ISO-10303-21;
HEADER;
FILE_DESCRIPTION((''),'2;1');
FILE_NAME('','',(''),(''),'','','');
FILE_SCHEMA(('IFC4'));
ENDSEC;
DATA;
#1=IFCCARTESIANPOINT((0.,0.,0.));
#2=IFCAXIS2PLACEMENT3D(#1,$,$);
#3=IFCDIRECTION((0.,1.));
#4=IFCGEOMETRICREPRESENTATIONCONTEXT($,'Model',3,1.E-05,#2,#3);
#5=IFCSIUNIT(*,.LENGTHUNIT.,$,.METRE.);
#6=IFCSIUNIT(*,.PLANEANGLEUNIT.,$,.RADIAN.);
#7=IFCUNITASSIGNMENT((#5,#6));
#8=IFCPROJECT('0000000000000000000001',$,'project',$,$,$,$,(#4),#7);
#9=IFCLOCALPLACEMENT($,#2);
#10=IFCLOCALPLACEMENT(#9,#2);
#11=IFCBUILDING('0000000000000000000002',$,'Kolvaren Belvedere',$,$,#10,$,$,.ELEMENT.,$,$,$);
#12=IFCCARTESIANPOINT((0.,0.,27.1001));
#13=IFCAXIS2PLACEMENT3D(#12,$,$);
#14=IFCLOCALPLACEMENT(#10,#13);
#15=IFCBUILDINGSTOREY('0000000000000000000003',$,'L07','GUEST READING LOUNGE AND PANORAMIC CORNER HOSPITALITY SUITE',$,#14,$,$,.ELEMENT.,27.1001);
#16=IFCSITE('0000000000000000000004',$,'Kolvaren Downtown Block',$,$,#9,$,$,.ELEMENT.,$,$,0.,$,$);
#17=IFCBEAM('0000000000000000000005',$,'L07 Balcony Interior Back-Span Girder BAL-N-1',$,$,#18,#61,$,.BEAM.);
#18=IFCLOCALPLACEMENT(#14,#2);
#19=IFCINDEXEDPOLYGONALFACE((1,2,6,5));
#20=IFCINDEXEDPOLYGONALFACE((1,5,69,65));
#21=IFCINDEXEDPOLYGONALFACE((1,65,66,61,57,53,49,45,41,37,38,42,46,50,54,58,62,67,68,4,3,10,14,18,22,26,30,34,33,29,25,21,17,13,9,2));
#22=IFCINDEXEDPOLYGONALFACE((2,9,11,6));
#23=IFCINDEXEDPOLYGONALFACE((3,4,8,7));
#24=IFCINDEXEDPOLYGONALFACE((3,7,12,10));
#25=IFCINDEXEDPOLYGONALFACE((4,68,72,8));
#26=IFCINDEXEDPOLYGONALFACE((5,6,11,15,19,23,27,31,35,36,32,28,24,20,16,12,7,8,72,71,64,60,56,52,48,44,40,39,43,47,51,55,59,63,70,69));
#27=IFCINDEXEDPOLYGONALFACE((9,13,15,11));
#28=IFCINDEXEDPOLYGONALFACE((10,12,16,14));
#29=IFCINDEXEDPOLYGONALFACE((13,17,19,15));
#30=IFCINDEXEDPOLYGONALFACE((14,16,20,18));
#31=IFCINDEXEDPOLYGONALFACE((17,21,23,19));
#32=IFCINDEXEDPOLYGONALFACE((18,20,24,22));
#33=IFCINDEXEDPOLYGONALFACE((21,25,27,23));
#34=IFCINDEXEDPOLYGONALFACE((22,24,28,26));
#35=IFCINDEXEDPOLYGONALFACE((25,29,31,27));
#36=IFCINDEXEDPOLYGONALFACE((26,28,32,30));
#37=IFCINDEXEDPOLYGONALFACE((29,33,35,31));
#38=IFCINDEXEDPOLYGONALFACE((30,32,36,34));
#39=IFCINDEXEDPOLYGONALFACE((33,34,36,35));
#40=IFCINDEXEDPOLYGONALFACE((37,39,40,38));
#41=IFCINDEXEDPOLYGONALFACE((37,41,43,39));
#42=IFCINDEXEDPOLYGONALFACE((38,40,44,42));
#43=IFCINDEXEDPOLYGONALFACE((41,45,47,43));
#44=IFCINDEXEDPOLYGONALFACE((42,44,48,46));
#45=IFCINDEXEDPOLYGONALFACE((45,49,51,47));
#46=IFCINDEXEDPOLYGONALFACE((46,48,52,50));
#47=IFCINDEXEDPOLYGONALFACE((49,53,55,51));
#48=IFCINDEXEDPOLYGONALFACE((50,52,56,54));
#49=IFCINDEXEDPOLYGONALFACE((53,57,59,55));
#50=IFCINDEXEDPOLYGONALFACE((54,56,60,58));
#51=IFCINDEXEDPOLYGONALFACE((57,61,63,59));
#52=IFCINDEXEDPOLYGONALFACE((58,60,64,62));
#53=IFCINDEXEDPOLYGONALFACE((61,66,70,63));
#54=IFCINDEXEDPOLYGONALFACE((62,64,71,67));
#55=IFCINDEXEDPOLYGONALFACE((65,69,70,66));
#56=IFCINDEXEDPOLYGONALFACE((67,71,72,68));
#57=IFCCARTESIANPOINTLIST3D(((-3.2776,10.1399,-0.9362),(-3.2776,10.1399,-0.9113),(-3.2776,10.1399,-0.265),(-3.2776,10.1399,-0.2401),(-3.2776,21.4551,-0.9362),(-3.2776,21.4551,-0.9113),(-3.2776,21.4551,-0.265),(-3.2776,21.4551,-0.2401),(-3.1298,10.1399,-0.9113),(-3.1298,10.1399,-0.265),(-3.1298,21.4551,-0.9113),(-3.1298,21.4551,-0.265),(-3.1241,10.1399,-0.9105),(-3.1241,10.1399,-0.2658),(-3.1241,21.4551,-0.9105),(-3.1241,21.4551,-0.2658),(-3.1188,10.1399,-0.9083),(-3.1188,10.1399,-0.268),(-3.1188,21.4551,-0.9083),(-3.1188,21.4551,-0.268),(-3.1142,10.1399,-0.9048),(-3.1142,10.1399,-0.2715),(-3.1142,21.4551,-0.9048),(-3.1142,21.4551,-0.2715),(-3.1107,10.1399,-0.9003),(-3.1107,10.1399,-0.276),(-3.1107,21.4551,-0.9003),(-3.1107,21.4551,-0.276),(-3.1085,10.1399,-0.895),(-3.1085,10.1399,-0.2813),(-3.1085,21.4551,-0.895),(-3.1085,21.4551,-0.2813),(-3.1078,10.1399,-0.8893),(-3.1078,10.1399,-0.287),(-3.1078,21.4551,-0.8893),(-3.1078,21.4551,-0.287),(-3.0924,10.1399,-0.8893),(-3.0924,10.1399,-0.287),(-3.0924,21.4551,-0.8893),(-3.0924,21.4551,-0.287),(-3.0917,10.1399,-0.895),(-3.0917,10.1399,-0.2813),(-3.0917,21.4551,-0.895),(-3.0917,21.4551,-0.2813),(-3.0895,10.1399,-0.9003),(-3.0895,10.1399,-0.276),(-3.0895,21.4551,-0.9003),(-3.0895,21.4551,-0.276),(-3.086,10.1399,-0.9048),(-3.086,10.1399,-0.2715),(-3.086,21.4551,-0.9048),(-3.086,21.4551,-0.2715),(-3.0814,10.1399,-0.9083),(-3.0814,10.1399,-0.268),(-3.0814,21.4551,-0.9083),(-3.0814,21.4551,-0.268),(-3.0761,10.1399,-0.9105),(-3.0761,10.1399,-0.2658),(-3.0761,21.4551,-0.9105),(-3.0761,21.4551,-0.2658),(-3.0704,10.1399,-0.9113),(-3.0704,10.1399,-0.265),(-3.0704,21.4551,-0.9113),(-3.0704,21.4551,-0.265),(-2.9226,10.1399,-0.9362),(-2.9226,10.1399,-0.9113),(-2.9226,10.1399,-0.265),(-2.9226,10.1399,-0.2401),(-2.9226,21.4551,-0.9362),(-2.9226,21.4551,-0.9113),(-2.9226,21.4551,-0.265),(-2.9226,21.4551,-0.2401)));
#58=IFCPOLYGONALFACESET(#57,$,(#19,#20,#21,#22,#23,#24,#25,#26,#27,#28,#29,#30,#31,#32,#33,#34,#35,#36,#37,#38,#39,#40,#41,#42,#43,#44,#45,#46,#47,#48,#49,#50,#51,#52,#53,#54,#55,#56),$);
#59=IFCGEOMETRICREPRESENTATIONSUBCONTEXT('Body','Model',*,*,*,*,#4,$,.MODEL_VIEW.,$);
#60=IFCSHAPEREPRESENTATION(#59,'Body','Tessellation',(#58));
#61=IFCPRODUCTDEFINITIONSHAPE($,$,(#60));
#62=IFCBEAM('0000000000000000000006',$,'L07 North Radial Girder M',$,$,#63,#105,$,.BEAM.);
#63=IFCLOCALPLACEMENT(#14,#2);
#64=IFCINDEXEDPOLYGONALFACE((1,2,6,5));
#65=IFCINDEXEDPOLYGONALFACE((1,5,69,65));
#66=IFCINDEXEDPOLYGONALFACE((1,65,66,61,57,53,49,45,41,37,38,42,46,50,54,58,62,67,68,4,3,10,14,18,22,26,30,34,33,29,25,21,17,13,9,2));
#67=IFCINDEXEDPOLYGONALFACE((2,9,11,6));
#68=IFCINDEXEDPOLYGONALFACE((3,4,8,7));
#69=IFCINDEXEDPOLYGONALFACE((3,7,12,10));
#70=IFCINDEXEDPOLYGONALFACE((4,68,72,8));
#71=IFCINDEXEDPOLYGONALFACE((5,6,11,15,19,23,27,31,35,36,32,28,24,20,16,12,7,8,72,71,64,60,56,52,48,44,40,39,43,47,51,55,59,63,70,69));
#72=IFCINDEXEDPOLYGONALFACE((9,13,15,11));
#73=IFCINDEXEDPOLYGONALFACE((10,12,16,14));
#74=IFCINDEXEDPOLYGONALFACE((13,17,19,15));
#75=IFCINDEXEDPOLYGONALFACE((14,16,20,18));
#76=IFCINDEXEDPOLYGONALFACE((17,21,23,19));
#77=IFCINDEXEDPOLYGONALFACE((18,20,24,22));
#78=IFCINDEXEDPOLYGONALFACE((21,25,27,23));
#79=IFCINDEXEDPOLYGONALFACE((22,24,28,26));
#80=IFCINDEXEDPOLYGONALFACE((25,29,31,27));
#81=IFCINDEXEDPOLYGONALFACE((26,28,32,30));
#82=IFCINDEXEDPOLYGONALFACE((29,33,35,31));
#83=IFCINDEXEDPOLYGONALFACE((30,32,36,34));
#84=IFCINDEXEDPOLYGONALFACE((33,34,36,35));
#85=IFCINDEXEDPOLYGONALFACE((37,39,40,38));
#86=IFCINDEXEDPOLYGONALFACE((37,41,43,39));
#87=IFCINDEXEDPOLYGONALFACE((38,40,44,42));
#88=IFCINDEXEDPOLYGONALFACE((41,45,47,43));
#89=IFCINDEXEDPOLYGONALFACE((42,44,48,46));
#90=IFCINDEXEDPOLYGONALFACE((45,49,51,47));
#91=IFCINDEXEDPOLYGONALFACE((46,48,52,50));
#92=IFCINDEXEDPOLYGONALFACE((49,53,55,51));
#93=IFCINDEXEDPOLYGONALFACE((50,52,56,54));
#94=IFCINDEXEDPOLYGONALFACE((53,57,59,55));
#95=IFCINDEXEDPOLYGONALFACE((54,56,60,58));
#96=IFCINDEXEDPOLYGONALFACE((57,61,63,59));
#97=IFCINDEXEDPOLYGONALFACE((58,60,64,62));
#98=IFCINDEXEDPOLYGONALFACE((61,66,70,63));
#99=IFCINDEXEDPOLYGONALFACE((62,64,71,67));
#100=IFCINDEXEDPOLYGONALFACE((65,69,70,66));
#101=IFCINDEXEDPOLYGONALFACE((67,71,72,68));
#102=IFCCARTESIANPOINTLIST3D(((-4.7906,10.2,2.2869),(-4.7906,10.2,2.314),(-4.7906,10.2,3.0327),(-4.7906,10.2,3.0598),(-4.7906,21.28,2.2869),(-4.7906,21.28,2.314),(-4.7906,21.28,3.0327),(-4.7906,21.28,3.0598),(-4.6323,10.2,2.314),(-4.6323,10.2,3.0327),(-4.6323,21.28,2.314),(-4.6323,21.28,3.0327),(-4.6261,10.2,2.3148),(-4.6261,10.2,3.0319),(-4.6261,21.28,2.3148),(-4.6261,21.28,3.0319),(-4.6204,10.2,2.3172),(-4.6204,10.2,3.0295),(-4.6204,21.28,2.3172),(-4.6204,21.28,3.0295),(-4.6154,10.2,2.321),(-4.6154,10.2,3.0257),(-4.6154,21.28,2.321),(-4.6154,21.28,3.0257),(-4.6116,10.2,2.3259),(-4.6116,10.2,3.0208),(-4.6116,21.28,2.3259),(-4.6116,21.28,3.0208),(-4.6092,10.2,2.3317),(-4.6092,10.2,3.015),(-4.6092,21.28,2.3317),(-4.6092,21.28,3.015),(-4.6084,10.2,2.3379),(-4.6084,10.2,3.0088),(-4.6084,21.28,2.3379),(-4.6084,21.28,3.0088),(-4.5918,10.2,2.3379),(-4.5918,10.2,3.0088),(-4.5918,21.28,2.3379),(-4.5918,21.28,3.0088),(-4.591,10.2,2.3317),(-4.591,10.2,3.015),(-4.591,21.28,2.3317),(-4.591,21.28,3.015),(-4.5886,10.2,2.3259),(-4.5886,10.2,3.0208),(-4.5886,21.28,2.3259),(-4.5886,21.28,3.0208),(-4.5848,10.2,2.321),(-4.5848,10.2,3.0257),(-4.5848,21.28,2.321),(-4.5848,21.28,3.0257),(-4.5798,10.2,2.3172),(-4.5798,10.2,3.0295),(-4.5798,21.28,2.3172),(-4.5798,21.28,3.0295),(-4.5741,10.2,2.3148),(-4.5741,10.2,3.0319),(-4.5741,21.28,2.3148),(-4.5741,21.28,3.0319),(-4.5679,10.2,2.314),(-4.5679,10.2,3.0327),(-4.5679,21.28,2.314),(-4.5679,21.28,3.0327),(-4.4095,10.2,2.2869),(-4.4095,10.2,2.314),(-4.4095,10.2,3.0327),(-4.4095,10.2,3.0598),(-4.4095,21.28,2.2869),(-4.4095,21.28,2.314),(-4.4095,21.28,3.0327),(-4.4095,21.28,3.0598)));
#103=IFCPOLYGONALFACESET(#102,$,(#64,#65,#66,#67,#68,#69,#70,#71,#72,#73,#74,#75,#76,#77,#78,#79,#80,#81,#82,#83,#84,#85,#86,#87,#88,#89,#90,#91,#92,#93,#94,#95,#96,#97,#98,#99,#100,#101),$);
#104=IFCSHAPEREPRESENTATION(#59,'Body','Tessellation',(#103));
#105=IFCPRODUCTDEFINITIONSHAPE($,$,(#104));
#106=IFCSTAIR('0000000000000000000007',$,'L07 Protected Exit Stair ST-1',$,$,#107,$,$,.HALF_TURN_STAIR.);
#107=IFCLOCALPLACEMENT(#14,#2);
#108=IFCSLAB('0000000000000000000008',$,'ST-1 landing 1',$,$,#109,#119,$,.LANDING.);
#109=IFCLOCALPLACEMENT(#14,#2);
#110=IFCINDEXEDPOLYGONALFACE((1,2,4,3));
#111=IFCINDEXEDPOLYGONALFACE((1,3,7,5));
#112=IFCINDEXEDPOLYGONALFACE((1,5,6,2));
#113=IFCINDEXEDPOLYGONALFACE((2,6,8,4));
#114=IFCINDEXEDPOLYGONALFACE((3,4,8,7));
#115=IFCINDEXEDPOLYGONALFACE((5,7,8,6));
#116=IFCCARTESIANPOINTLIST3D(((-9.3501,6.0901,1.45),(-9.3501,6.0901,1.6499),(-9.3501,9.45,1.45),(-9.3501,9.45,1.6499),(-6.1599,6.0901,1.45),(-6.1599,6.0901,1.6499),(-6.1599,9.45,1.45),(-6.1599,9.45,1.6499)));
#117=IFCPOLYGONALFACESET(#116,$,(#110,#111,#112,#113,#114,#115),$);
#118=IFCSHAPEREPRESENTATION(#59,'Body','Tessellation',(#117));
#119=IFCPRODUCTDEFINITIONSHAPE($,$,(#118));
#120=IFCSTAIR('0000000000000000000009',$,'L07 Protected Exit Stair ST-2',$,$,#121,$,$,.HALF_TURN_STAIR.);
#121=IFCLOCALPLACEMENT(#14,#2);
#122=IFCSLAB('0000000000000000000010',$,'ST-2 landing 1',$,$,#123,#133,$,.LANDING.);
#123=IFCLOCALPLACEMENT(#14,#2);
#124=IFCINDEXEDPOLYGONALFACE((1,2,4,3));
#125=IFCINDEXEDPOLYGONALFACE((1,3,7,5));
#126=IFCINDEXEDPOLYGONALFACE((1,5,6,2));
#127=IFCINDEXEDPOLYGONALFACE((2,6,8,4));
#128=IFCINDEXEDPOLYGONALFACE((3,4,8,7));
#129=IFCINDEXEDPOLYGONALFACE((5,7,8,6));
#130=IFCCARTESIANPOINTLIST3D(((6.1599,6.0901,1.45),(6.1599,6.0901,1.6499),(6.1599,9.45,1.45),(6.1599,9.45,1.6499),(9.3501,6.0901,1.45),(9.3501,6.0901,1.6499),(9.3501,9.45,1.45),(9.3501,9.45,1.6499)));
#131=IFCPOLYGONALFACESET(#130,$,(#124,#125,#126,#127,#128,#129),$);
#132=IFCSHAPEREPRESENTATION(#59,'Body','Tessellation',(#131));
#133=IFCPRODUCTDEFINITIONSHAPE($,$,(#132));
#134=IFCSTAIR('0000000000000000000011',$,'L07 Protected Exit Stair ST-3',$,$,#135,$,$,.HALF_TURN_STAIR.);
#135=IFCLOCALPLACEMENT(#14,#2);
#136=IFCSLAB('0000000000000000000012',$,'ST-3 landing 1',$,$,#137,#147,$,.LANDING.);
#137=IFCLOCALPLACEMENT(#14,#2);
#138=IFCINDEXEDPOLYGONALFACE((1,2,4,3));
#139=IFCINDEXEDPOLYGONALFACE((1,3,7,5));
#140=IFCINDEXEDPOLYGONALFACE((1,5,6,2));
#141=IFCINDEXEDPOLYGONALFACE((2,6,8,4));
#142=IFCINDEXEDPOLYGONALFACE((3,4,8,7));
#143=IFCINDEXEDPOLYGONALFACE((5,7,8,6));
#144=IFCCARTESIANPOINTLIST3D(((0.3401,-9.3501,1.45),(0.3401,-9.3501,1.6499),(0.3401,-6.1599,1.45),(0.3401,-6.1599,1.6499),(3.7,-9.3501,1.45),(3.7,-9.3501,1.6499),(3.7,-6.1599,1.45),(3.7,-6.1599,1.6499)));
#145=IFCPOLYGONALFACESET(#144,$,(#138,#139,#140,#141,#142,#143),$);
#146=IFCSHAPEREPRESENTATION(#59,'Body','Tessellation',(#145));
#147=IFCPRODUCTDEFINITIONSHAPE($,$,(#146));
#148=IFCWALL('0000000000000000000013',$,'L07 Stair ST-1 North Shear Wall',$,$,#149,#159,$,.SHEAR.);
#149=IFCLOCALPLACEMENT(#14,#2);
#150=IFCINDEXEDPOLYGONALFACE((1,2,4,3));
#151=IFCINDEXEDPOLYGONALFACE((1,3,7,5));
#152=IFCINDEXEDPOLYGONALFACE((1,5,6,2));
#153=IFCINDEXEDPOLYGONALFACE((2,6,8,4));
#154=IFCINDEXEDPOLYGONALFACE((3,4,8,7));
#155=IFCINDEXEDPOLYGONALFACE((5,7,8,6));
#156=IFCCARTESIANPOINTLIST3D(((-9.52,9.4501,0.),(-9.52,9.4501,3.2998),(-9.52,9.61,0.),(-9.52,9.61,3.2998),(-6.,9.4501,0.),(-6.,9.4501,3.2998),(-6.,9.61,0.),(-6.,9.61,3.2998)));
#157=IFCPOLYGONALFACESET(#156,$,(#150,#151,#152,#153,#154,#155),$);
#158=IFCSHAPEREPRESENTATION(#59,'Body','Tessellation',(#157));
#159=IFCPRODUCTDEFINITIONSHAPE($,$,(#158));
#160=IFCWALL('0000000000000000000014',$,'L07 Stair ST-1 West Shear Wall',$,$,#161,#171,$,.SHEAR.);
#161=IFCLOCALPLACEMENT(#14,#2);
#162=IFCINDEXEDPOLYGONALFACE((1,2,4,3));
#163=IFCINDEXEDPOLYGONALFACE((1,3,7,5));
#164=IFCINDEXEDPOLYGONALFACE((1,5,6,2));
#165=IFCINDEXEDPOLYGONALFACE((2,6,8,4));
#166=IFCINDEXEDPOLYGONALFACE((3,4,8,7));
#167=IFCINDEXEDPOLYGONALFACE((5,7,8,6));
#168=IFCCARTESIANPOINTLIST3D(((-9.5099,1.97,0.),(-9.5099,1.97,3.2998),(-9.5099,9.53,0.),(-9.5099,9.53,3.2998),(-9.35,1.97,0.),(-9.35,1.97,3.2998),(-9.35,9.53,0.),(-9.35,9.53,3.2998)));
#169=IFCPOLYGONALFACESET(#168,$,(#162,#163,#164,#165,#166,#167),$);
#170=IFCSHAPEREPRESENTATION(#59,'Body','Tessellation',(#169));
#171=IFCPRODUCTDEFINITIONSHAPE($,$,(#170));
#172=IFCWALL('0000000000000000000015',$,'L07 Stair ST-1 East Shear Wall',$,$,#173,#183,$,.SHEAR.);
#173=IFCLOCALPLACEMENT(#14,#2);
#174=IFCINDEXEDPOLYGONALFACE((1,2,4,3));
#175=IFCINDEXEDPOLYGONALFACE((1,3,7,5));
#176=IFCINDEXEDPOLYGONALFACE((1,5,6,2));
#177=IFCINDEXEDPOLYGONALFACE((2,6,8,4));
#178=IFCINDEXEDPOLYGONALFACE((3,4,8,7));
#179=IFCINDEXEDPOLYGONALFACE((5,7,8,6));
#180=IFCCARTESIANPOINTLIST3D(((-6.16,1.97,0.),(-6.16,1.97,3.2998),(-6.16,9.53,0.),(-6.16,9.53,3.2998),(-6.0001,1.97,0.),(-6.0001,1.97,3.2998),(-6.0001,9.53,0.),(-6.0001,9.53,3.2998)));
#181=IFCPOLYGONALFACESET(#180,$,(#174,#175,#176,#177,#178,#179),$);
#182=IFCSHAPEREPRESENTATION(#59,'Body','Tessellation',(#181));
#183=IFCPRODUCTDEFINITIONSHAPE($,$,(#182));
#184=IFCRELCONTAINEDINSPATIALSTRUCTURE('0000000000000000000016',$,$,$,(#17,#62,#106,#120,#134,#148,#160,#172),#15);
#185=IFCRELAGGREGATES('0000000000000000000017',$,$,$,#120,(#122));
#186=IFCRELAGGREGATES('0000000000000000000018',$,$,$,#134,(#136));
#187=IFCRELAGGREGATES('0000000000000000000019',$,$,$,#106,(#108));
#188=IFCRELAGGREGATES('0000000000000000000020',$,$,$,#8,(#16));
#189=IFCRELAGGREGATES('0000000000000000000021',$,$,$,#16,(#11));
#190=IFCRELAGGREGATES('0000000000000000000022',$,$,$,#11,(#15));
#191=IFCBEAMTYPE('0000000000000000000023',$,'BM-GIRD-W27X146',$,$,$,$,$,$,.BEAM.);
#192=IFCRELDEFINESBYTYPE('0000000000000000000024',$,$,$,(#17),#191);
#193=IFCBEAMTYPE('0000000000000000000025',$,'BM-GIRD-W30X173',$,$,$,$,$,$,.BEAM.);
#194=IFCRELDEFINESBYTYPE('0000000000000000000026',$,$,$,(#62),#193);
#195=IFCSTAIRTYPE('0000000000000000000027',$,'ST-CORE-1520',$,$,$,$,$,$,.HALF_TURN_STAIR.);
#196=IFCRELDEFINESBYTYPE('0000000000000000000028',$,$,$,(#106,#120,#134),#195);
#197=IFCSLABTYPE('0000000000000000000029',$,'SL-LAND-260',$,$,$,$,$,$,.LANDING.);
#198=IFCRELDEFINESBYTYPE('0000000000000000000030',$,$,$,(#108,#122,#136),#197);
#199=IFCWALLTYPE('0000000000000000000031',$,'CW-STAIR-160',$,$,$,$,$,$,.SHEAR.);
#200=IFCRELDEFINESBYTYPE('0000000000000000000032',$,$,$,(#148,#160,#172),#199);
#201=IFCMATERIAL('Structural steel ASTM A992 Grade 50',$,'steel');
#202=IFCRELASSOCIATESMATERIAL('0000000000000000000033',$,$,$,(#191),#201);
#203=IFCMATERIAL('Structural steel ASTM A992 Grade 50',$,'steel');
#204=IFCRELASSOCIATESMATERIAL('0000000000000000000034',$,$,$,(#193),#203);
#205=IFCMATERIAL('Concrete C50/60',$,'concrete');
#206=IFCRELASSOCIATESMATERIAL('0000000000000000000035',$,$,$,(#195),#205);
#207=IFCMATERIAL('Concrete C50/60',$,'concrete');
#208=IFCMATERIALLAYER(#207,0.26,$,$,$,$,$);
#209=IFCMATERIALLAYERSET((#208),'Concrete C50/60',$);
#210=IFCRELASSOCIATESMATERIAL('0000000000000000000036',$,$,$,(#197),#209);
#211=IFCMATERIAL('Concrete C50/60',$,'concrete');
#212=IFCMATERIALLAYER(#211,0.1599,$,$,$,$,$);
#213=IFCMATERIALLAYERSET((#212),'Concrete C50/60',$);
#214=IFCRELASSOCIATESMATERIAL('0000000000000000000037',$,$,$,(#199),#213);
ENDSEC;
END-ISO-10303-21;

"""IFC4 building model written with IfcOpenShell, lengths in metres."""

from ifc_helpers import new_model, si_unit, direction, frame, frame_2d, origin, origin_2d, place, context, subcontext, project, spatial, polyline, rectangle, i_section, outline, extrude, material, layer, layer_set, material_profile, profile_set, type_object, element, aggregate, save


model = new_model("IFC4")

# Units and contexts
model_context = context("Model", 3, precision=1e-05, world=origin(), true_north=direction((0.0, 1.0)))
body_context = subcontext(model_context, "Body", "Model", "MODEL_VIEW")
ifc_project = project(units=[si_unit("LENGTHUNIT", "METRE"), si_unit("PLANEANGLEUNIT", "RADIAN")], contexts=[model_context])

# Site, building, storey
site_placement = place(None, origin())
site = spatial("IfcSite", under=ifc_project, at=site_placement, Name="Kolvaren Downtown Block", CompositionType="ELEMENT", RefElevation=0.0)
building_placement = place(site_placement, origin())
building = spatial("IfcBuilding", under=site, at=building_placement, Name="Kolvaren Belvedere", CompositionType="ELEMENT")
storey_placement = place(building_placement, frame((0.0, 0.0, 27.1001)))
storey = spatial("IfcBuildingStorey", under=building, at=storey_placement, Name="L07", Description="GUEST READING LOUNGE AND PANORAMIC CORNER HOSPITALITY SUITE", CompositionType="ELEMENT", Elevation=27.1001)

# Beams
ifc_material_1 = material(Name="Structural steel ASTM A992 Grade 50", Category="steel")
ifc_material_profile_1 = material_profile(ifc_material_1, i_section(OverallWidth=0.355, OverallDepth=0.696, WebThickness=0.0154, FlangeThickness=0.0249, FilletRadius=0.022, at=origin_2d()), Name="W27X146")
ifc_profile_set_1 = profile_set([ifc_material_profile_1], Name="Structural steel ASTM A992 Grade 50")
beam_type_1 = type_object("IfcBeamType", Name="BM-GIRD-W27X146", PredefinedType="BEAM", material=ifc_profile_set_1)
beam_1_placement = place(storey_placement, frame((-3.1001, 10.1399, -0.5881), z_axis=(0.0, 1.0, 0.0), x_axis=(-1.0, 0.0, 0.0)))
element("IfcBeam", 1, at=beam_1_placement, inside=storey, type_object=beam_type_1, Name="L07 Balcony Interior Back-Span Girder BAL-N-1", PredefinedType="BEAM", context=body_context, shape_type="SweptSolid", body=[
    extrude(i_section(OverallWidth=0.355, OverallDepth=0.696, WebThickness=0.0154, FlangeThickness=0.0249, FilletRadius=0.022, at=origin_2d()), origin(), (0.0, 0.0, 1.0), 11.3152),
])
ifc_material_2 = material(Name="Structural steel ASTM A992 Grade 50", Category="steel")
ifc_material_profile_2 = material_profile(ifc_material_2, i_section(OverallWidth=0.3811, OverallDepth=0.7729, WebThickness=0.0166, FlangeThickness=0.0271, FilletRadius=0.0239, at=origin_2d()), Name="W30X173")
ifc_profile_set_2 = profile_set([ifc_material_profile_2], Name="Structural steel ASTM A992 Grade 50")
beam_type_2 = type_object("IfcBeamType", Name="BM-GIRD-W30X173", PredefinedType="BEAM", material=ifc_profile_set_2)
beam_2_placement = place(storey_placement, frame((-4.6001, 10.2, 2.6733), z_axis=(0.0, 1.0, 0.0), x_axis=(-1.0, 0.0, 0.0)))
element("IfcBeam", 2, at=beam_2_placement, inside=storey, type_object=beam_type_2, Name="L07 North Radial Girder M", PredefinedType="BEAM", context=body_context, shape_type="SweptSolid", body=[
    extrude(i_section(OverallWidth=0.3811, OverallDepth=0.7729, WebThickness=0.0166, FlangeThickness=0.0271, FilletRadius=0.0239, at=origin_2d()), origin(), (0.0, 0.0, 1.0), 11.0801),
])

# Stairs, slabs
ifc_material_3 = material(Name="Concrete C50/60", Category="concrete")
stair_type = type_object("IfcStairType", Name="ST-CORE-1520", PredefinedType="HALF_TURN_STAIR", material=ifc_material_3)
stair_1_placement = place(storey_placement, origin())
stair_1 = element("IfcStair", 3, at=stair_1_placement, inside=storey, type_object=stair_type, Name="L07 Protected Exit Stair ST-1", PredefinedType="HALF_TURN_STAIR")
ifc_material_4 = material(Name="Concrete C50/60", Category="concrete")
ifc_layer_1 = layer(ifc_material_4, 0.26)
ifc_layer_set_1 = layer_set([ifc_layer_1], Name="Concrete C50/60")
slab_type = type_object("IfcSlabType", Name="SL-LAND-260", PredefinedType="LANDING", material=ifc_layer_set_1)
slab_1_placement = place(storey_placement, frame((0.0, 0.0, 1.45)))
slab_1 = element("IfcSlab", 4, at=slab_1_placement, type_object=slab_type, Name="ST-1 landing 1", PredefinedType="LANDING", context=body_context, shape_type="SweptSolid", body=[
    extrude(outline(polyline([(-6.1599, 6.0901), (-6.1599, 9.45), (-9.3501, 9.45), (-9.3501, 6.0901), (-6.1599, 6.0901)])), origin(), (0.0, 0.0, 1.0), 0.2),
])
stair_2_placement = place(storey_placement, origin())
stair_2 = element("IfcStair", 5, at=stair_2_placement, inside=storey, type_object=stair_type, Name="L07 Protected Exit Stair ST-2", PredefinedType="HALF_TURN_STAIR")
slab_2_placement = place(storey_placement, frame((0.0, 0.0, 1.45)))
slab_2 = element("IfcSlab", 6, at=slab_2_placement, type_object=slab_type, Name="ST-2 landing 1", PredefinedType="LANDING", context=body_context, shape_type="SweptSolid", body=[
    extrude(outline(polyline([(9.3501, 6.0901), (9.3501, 9.45), (6.1599, 9.45), (6.1599, 6.0901), (9.3501, 6.0901)])), origin(), (0.0, 0.0, 1.0), 0.2),
])
aggregate(stair_2, [slab_2])
stair_3_placement = place(storey_placement, origin())
stair_3 = element("IfcStair", 7, at=stair_3_placement, inside=storey, type_object=stair_type, Name="L07 Protected Exit Stair ST-3", PredefinedType="HALF_TURN_STAIR")
slab_3_placement = place(storey_placement, frame((0.0, 0.0, 1.45)))
slab_3 = element("IfcSlab", 8, at=slab_3_placement, type_object=slab_type, Name="ST-3 landing 1", PredefinedType="LANDING", context=body_context, shape_type="SweptSolid", body=[
    extrude(outline(polyline([(0.3401, -9.3501), (3.7, -9.3501), (3.7, -6.1599), (0.3401, -6.1599), (0.3401, -9.3501)])), origin(), (0.0, 0.0, 1.0), 0.2),
])
aggregate(stair_3, [slab_3])

# Walls
ifc_material_5 = material(Name="Concrete C50/60", Category="concrete")
ifc_layer_2 = layer(ifc_material_5, 0.1599)
ifc_layer_set_2 = layer_set([ifc_layer_2], Name="Concrete C50/60")
wall_type_1 = type_object("IfcWallType", Name="CW-STAIR-160", PredefinedType="SHEAR", material=ifc_layer_set_2)
wall_1_placement = place(storey_placement, frame((-9.52, 9.53, 0.0), z_axis=(0.0, 0.0, 1.0), x_axis=(1.0, 0.0, 0.0)))
element("IfcWall", 9, at=wall_1_placement, inside=storey, type_object=wall_type_1, Name="L07 Stair ST-1 North Shear Wall", PredefinedType="SHEAR", context=body_context, shape_type="SweptSolid", body=[
    extrude(rectangle(XDim=3.52, YDim=0.1599, at=frame_2d((1.76, 0.0))), origin(), (0.0, 0.0, 1.0), 3.2998),
])
for number, where, z_axis, x_axis, name in (
    (10, (-9.4299, 1.97, 0.0), (0.0, 0.0, 1.0), (0.0, 1.0, 0.0), "L07 Stair ST-1 West Shear Wall"),
    (11, (-6.0801, 1.97, 0.0), (0.0, 0.0, 1.0), (0.0, 1.0, 0.0), "L07 Stair ST-1 East Shear Wall"),
):
    element("IfcWall", number, at=place(storey_placement, frame(where, z_axis=z_axis, x_axis=x_axis)), inside=storey, type_object=wall_type_1, Name=name, PredefinedType="SHEAR", context=body_context, shape_type="SweptSolid", body=[
        extrude(rectangle(XDim=7.5601, YDim=0.1599, at=frame_2d((3.78, 0.0))), origin(), (0.0, 0.0, 1.0), 3.2998),
    ])

aggregate(stair_1, [slab_1])

save(model, "model.ifc")
